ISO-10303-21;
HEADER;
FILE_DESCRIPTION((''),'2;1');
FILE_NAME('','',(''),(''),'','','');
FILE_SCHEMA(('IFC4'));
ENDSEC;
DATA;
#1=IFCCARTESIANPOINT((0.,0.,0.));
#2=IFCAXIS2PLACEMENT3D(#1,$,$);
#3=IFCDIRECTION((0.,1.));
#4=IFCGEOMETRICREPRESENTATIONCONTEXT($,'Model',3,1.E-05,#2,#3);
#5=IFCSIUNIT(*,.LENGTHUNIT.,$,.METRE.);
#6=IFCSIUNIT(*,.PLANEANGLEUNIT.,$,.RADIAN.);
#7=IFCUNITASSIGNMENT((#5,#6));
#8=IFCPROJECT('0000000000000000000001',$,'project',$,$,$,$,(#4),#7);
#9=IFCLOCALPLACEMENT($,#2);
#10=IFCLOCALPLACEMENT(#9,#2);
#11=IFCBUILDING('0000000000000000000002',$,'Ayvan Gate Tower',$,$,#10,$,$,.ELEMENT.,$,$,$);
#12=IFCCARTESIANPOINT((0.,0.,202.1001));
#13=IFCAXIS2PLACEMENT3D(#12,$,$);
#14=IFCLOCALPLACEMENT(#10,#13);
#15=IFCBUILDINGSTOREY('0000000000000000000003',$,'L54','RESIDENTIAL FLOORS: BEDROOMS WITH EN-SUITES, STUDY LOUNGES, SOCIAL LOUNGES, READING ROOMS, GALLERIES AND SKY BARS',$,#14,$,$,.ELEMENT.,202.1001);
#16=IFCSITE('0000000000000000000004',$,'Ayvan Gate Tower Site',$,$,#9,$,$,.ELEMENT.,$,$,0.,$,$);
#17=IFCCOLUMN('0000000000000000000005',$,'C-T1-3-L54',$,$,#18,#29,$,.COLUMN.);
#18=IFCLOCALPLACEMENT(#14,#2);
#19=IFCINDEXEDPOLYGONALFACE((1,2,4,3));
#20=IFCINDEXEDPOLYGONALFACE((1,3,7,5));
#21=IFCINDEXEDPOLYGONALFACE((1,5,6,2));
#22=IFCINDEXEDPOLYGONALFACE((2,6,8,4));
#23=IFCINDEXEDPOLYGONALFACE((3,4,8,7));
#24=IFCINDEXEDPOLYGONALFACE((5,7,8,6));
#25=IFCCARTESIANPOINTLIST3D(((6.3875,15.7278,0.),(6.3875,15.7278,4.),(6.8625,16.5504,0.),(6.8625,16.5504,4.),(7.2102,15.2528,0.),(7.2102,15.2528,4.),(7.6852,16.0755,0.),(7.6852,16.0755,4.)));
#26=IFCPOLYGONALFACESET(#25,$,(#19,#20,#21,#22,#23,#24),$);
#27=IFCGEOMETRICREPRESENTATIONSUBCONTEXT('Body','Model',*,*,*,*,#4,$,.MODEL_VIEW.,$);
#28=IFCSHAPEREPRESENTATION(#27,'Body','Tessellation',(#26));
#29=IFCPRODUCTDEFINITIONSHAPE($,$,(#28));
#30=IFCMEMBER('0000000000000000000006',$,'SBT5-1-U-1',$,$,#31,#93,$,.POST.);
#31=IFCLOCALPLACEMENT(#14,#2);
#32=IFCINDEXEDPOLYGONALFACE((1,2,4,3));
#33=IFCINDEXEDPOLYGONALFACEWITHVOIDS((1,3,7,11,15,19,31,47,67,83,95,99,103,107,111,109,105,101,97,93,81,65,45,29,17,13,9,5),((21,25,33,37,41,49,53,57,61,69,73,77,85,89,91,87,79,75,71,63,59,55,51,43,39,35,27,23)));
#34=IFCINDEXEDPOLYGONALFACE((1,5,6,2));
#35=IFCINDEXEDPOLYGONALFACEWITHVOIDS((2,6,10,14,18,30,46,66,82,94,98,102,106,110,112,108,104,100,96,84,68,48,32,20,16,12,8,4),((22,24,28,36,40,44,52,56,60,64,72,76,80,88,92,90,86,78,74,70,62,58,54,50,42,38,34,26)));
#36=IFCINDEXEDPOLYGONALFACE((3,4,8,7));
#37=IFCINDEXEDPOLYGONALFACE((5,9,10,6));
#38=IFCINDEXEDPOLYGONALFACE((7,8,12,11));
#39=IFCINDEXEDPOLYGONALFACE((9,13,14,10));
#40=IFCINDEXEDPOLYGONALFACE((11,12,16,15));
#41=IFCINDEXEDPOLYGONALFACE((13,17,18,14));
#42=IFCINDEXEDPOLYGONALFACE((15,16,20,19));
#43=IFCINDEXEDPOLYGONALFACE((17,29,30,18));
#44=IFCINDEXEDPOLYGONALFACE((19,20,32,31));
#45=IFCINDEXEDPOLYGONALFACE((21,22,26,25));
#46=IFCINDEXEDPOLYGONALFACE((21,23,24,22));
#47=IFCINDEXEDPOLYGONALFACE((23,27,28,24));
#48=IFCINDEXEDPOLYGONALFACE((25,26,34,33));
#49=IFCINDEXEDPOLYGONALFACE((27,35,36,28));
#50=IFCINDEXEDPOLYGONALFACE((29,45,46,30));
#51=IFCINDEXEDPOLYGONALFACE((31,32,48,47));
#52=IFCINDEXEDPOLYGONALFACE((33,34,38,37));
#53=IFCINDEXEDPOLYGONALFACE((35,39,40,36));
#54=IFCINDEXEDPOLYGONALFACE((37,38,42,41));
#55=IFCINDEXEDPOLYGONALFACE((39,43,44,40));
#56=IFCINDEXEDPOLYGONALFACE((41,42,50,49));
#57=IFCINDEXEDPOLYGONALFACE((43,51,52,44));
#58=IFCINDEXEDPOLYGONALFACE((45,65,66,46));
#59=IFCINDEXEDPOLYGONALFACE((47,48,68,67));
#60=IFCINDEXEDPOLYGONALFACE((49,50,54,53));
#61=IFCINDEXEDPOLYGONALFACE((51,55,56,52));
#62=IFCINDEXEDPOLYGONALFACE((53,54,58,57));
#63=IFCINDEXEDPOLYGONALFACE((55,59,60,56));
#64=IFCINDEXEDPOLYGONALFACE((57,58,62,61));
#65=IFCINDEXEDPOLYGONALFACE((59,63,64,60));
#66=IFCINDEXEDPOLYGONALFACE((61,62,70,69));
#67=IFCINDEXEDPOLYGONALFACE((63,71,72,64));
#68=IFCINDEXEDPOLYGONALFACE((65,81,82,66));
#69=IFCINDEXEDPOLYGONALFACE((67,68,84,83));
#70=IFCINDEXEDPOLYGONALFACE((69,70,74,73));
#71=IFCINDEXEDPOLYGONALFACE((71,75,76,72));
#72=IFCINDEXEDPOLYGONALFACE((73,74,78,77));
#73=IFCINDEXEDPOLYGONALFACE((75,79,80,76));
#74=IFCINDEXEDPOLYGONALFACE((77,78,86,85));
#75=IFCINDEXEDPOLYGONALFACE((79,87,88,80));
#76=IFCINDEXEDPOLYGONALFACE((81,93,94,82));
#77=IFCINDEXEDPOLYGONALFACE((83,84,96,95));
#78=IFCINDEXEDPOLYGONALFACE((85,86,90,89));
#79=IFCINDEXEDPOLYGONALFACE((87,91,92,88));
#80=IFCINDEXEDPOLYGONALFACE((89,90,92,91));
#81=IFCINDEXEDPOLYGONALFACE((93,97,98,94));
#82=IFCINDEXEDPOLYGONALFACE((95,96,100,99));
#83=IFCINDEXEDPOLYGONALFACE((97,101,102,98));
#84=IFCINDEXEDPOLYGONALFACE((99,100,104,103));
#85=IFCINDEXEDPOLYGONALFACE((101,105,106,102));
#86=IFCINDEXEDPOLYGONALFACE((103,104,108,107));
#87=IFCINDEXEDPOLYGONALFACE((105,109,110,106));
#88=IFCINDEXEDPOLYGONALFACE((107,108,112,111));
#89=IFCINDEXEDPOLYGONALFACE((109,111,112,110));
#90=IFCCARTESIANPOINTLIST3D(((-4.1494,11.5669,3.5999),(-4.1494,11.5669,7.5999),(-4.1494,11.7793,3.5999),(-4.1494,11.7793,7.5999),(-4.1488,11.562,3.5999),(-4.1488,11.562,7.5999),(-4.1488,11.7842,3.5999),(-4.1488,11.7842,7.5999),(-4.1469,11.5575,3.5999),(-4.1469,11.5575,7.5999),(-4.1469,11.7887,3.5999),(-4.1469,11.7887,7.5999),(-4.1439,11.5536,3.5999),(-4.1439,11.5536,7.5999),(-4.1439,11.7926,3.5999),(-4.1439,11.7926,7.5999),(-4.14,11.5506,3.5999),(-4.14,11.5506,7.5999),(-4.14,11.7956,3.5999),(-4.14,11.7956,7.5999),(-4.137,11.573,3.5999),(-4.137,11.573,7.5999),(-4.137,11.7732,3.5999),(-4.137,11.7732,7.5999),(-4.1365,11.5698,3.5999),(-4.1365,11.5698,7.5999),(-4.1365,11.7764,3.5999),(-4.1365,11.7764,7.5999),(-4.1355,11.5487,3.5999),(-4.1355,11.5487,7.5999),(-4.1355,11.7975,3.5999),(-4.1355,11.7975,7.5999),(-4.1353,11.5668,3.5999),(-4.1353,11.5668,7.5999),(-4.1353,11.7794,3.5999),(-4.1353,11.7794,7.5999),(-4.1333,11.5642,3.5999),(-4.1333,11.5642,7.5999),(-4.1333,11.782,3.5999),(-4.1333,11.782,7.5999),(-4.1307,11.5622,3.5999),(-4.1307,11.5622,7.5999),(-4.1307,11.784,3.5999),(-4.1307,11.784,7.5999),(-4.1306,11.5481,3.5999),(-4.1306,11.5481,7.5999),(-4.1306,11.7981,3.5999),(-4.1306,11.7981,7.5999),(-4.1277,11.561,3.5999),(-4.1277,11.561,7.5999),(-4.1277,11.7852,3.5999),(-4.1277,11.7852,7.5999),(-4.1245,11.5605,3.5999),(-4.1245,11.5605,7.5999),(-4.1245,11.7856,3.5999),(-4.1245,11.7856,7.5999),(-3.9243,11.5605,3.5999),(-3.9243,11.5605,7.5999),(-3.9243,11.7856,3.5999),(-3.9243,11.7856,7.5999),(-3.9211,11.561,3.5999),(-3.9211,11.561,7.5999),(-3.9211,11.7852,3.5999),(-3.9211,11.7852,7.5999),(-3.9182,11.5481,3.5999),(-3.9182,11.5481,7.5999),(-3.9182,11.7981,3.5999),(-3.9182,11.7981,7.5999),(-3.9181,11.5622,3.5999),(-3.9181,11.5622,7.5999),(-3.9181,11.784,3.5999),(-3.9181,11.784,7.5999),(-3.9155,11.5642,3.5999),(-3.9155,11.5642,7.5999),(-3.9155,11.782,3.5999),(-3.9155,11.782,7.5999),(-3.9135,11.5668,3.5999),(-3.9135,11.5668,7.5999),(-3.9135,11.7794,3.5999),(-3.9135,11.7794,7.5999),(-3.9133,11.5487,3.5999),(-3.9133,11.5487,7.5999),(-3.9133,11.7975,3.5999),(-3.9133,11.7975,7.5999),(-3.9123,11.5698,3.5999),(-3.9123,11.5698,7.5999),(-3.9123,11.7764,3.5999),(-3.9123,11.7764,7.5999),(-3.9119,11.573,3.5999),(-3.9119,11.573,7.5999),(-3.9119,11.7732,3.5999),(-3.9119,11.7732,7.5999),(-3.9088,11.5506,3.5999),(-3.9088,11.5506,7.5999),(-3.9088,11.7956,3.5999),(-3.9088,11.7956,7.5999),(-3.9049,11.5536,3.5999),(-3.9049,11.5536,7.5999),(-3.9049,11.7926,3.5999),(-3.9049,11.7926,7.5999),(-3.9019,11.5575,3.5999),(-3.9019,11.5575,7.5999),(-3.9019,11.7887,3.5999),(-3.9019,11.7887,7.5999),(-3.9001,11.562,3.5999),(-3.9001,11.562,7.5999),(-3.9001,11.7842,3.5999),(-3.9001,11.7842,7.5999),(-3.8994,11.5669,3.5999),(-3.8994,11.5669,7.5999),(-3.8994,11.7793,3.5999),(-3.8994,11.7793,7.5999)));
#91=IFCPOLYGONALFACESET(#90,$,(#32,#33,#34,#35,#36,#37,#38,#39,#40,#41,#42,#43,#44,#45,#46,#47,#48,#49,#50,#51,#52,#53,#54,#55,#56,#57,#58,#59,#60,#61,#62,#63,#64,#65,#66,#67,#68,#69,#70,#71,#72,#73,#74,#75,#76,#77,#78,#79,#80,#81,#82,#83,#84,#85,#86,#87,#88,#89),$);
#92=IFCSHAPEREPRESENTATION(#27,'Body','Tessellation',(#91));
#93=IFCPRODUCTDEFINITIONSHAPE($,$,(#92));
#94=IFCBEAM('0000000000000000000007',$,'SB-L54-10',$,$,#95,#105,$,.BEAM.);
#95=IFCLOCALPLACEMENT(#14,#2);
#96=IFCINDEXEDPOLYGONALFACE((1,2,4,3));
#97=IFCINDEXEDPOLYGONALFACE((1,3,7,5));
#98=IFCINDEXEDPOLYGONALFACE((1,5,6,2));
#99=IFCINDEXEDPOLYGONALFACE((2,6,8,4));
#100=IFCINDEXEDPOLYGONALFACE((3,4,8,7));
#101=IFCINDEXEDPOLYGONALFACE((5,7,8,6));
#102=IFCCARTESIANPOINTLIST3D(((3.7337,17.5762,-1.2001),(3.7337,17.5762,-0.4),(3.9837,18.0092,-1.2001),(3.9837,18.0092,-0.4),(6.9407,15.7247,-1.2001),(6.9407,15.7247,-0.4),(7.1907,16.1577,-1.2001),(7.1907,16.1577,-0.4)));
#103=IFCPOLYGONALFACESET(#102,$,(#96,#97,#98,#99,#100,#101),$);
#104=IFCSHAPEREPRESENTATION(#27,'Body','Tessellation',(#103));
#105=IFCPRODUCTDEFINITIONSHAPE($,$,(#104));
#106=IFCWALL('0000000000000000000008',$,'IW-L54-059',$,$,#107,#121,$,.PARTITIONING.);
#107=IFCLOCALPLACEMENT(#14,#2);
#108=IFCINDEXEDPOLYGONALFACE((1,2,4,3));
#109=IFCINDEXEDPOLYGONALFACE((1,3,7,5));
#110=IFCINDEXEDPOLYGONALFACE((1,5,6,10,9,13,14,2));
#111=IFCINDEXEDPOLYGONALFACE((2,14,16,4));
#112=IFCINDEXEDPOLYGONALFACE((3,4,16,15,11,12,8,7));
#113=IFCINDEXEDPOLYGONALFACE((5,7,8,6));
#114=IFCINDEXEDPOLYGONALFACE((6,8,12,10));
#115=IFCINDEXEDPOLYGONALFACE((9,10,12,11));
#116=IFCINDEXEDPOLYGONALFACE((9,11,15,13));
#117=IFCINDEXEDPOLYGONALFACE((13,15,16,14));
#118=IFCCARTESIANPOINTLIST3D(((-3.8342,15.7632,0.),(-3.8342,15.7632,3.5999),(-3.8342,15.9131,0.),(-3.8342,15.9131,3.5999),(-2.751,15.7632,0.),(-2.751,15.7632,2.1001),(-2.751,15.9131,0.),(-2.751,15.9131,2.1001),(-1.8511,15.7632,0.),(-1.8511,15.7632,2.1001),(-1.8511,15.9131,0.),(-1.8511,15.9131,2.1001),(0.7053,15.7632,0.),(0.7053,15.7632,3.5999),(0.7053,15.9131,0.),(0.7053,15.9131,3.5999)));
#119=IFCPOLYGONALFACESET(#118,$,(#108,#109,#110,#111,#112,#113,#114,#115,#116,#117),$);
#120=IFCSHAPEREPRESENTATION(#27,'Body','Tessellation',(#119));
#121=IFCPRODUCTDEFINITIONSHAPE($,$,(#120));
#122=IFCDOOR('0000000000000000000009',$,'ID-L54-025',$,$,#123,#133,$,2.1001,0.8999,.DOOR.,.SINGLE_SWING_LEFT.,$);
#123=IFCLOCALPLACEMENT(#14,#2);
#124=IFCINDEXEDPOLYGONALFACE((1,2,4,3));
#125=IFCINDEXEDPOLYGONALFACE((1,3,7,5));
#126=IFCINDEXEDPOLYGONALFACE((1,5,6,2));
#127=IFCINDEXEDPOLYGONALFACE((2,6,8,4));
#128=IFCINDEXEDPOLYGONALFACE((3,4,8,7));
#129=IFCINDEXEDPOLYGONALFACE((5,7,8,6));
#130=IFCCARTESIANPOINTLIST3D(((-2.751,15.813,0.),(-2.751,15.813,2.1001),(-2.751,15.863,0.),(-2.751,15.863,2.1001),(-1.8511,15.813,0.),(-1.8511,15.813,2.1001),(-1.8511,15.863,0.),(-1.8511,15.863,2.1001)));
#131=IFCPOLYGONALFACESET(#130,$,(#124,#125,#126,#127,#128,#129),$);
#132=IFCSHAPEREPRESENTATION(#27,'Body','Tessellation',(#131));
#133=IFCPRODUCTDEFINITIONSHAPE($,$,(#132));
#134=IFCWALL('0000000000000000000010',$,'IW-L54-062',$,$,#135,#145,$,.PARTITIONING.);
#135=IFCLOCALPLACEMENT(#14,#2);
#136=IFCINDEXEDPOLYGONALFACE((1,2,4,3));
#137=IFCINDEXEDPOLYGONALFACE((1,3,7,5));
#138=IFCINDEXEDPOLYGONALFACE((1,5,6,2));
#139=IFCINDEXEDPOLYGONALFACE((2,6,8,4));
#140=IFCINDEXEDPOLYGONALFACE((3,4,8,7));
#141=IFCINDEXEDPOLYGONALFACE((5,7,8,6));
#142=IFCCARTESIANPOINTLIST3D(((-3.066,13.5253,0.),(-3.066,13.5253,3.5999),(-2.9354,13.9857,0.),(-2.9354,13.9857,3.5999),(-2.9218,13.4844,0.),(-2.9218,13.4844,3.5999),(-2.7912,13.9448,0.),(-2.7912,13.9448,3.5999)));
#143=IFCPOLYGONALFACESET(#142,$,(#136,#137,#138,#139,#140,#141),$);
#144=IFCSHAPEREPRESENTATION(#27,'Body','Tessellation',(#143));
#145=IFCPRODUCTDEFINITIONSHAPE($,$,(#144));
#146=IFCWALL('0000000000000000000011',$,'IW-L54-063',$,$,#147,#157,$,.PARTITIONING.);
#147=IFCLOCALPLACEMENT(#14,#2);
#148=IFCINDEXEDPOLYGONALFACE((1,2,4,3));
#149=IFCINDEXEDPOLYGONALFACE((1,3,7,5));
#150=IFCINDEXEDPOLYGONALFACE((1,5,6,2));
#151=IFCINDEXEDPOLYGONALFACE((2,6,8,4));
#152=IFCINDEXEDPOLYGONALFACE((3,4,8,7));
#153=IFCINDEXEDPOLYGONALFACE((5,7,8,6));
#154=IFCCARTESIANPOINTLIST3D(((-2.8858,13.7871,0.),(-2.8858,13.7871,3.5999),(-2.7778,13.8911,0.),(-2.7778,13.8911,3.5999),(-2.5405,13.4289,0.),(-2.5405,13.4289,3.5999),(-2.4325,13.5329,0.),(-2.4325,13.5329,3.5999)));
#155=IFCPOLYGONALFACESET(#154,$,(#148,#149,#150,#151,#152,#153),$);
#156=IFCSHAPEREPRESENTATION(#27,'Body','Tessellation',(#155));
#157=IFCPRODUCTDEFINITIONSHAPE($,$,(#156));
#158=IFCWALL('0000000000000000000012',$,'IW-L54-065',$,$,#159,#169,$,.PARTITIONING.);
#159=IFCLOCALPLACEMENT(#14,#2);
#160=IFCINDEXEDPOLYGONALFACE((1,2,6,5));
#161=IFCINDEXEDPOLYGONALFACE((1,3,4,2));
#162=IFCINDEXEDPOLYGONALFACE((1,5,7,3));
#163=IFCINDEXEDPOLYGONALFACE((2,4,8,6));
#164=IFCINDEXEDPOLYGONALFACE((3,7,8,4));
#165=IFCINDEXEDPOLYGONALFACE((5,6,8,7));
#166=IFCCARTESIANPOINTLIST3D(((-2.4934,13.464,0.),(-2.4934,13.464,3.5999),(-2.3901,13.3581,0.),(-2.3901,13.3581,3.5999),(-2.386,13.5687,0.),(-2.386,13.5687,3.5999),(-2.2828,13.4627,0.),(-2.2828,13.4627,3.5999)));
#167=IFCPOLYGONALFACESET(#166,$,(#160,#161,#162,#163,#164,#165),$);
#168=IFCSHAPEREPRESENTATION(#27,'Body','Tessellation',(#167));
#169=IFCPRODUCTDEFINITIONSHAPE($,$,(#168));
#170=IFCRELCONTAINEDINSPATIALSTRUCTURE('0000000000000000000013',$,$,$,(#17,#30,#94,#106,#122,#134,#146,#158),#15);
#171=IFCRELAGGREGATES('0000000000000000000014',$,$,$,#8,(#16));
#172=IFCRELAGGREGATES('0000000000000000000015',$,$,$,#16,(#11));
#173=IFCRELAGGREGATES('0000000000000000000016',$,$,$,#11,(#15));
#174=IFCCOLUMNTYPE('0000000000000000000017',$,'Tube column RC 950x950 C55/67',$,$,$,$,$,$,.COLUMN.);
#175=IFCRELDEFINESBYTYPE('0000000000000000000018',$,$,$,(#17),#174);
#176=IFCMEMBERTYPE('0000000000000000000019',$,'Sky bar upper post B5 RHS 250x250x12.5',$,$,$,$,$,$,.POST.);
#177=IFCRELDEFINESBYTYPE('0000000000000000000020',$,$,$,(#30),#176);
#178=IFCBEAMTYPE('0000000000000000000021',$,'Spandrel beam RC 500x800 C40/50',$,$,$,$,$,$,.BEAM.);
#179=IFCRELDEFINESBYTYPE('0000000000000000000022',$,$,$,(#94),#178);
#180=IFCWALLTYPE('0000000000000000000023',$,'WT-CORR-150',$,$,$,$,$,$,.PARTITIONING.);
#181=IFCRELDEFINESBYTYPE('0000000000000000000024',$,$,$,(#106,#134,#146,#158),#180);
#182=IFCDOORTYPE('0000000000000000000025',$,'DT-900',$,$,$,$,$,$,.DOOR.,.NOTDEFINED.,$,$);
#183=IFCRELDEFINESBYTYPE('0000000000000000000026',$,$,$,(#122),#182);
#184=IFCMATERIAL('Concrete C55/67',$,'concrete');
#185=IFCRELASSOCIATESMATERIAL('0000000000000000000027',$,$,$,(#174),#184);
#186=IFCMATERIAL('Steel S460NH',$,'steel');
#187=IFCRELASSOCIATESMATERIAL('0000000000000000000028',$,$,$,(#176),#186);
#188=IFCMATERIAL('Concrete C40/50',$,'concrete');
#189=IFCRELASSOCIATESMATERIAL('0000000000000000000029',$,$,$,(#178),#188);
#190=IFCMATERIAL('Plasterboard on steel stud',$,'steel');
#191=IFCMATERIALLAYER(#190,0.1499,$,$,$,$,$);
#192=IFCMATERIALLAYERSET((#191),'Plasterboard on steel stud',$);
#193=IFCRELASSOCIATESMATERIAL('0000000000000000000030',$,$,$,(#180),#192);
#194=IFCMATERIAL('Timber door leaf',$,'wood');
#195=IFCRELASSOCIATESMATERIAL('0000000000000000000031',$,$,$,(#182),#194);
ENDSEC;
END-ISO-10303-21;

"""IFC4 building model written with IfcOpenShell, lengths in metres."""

from ifc_helpers import new_model, si_unit, direction, frame, frame_2d, origin, origin_2d, place, context, subcontext, project, spatial, rectangle, hollow_rectangle, extrude, material, layer, layer_set, material_profile, profile_set, type_object, element, fill, save


model = new_model("IFC4")

# Units and contexts
model_context = context("Model", 3, precision=1e-05, world=origin(), true_north=direction((0.0, 1.0)))
body_context = subcontext(model_context, "Body", "Model", "MODEL_VIEW")
ifc_project = project(units=[si_unit("LENGTHUNIT", "METRE"), si_unit("PLANEANGLEUNIT", "RADIAN")], contexts=[model_context])

# Site, building, storey
site_placement = place(None, origin())
site = spatial("IfcSite", under=ifc_project, at=site_placement, Name="Ayvan Gate Tower Site", CompositionType="ELEMENT", RefElevation=0.0)
building_placement = place(site_placement, origin())
building = spatial("IfcBuilding", under=site, at=building_placement, Name="Ayvan Gate Tower", CompositionType="ELEMENT")
storey_placement = place(building_placement, frame((0.0, 0.0, 202.1001)))
storey = spatial("IfcBuildingStorey", under=building, at=storey_placement, Name="L54", Description="RESIDENTIAL FLOORS: BEDROOMS WITH EN-SUITES, STUDY LOUNGES, SOCIAL LOUNGES, READING ROOMS, GALLERIES AND SKY BARS", CompositionType="ELEMENT", Elevation=202.1001)

# Column
ifc_material_1 = material(Name="Concrete C55/67", Category="concrete")
ifc_material_profile_1 = material_profile(ifc_material_1, rectangle(XDim=0.95, YDim=0.95, at=origin_2d()), Name="RC 950x950")
ifc_profile_set_1 = profile_set([ifc_material_profile_1], Name="Concrete C55/67")
column_type = type_object("IfcColumnType", Name="Tube column RC 950x950 C55/67", PredefinedType="COLUMN", material=ifc_profile_set_1)
column_placement = place(storey_placement, frame((7.0364, 15.9016, 0.0), z_axis=(0.0, 0.0, 1.0), x_axis=(0.5, 0.866025, 0.0)))
element("IfcColumn", 1, at=column_placement, inside=storey, type_object=column_type, Name="C-T1-3-L54", PredefinedType="COLUMN", context=body_context, shape_type="SweptSolid", body=[
    extrude(rectangle(XDim=0.95, YDim=0.95, at=origin_2d()), origin(), (0.0, 0.0, 1.0), 4.0),
])

# Member
ifc_material_2 = material(Name="Steel S460NH", Category="steel")
ifc_material_profile_2 = material_profile(ifc_material_2, hollow_rectangle(XDim=0.25, YDim=0.25, WallThickness=0.0125, InnerFilletRadius=0.0125, OuterFilletRadius=0.0188, at=origin_2d()), Name="RHS 250x250x12.5")
ifc_profile_set_2 = profile_set([ifc_material_profile_2], Name="Steel S460NH")
member_type = type_object("IfcMemberType", Name="Sky bar upper post B5 RHS 250x250x12.5", PredefinedType="POST", material=ifc_profile_set_2)
member_placement = place(storey_placement, frame((-4.0244, 11.6731, 3.5999), z_axis=(0.0, 0.0, 1.0), x_axis=(1.0, 0.0, 0.0)))
element("IfcMember", 2, at=member_placement, inside=storey, type_object=member_type, Name="SBT5-1-U-1", PredefinedType="POST", context=body_context, shape_type="SweptSolid", body=[
    extrude(hollow_rectangle(XDim=0.25, YDim=0.25, WallThickness=0.0125, InnerFilletRadius=0.0125, OuterFilletRadius=0.0188, at=origin_2d()), origin(), (0.0, 0.0, 1.0), 4.0),
])

# Beam
ifc_material_3 = material(Name="Concrete C40/50", Category="concrete")
ifc_material_profile_3 = material_profile(ifc_material_3, rectangle(XDim=0.5, YDim=0.8, at=origin_2d()), Name="RC 500x800")
ifc_profile_set_3 = profile_set([ifc_material_profile_3], Name="Concrete C40/50")
beam_type = type_object("IfcBeamType", Name="Spandrel beam RC 500x800 C40/50", PredefinedType="BEAM", material=ifc_profile_set_3)
beam_placement = place(storey_placement, frame((7.0657, 15.9412, -0.8), z_axis=(-0.866027, 0.499996, 0.0), x_axis=(-0.499996, -0.866027, 0.0)))
element("IfcBeam", 3, at=beam_placement, inside=storey, type_object=beam_type, Name="SB-L54-10", PredefinedType="BEAM", context=body_context, shape_type="SweptSolid", body=[
    extrude(rectangle(XDim=0.5, YDim=0.8, at=origin_2d()), origin(), (0.0, 0.0, 1.0), 3.7031),
])

# Wall, opening, door
ifc_material_4 = material(Name="Plasterboard on steel stud", Category="steel")
ifc_layer_1 = layer(ifc_material_4, 0.1499)
ifc_layer_set_1 = layer_set([ifc_layer_1], Name="Plasterboard on steel stud")
wall_type_1 = type_object("IfcWallType", Name="WT-CORR-150", PredefinedType="PARTITIONING", material=ifc_layer_set_1)
wall_1_placement = place(storey_placement, frame((-3.8342, 15.8381, 0.0), z_axis=(0.0, 0.0, 1.0), x_axis=(1.0, 0.0, 0.0)))
wall_1 = element("IfcWall", 4, at=wall_1_placement, inside=storey, type_object=wall_type_1, Name="IW-L54-059", PredefinedType="PARTITIONING", context=body_context, shape_type="SweptSolid", body=[
    extrude(rectangle(XDim=4.5396, YDim=0.1499, at=frame_2d((2.2698, 0.0))), origin(), (0.0, 0.0, 1.0), 3.5999),
])
opening_1_placement = place(wall_1_placement, frame((1.0833, 0.0, 0.0)))
opening_1 = element("IfcOpeningElement", 5, at=opening_1_placement, cuts=wall_1, PredefinedType="OPENING", context=body_context, shape_type="SweptSolid", body=[
    extrude(rectangle(XDim=0.8999, YDim=2.1001, at=frame_2d((0.45, 1.05))), frame((0.0, 0.085, 0.0), z_axis=(0.0, -1.0, 0.0), x_axis=(1.0, 0.0, 0.0)), (0.0, 0.0, 1.0), 0.1699),
])
ifc_material_5 = material(Name="Timber door leaf", Category="wood")
door_type_1 = type_object("IfcDoorType", Name="DT-900", OperationType="NOTDEFINED", PredefinedType="DOOR", material=ifc_material_5)
door_1_placement = place(opening_1_placement, origin())
door_1 = element("IfcDoor", 6, at=door_1_placement, inside=storey, type_object=door_type_1, Name="ID-L54-025", OperationType="SINGLE_SWING_LEFT", OverallHeight=2.1001, OverallWidth=0.8999, PredefinedType="DOOR", context=body_context, shape_type="SweptSolid", body=[
    extrude(rectangle(XDim=0.8999, YDim=2.1001, at=frame_2d((0.45, 1.05))), frame((0.0, 0.0249, 0.0), z_axis=(0.0, -1.0, 0.0), x_axis=(1.0, 0.0, 0.0)), (0.0, 0.0, 1.0), 0.05),
])
fill(opening_1, door_1)

# Walls
wall_2_placement = place(storey_placement, frame((-2.9939, 13.5049, 0.0), z_axis=(0.0, 0.0, 1.0), x_axis=(0.272902, 0.962042, 0.0)))
element("IfcWall", 7, at=wall_2_placement, inside=storey, type_object=wall_type_1, Name="IW-L54-062", PredefinedType="PARTITIONING", context=body_context, shape_type="SweptSolid", body=[
    extrude(rectangle(XDim=0.4785, YDim=0.1499, at=frame_2d((0.2393, 0.0))), origin(), (0.0, 0.0, 1.0), 3.5999),
])
wall_3_placement = place(storey_placement, frame((-2.8318, 13.8391, 0.0), z_axis=(0.0, 0.0, 1.0), x_axis=(0.693981, -0.719993, 0.0)))
element("IfcWall", 8, at=wall_3_placement, inside=storey, type_object=wall_type_1, Name="IW-L54-063", PredefinedType="PARTITIONING", context=body_context, shape_type="SweptSolid", body=[
    extrude(rectangle(XDim=0.4976, YDim=0.1499, at=frame_2d((0.2488, 0.0))), origin(), (0.0, 0.0, 1.0), 3.5999),
])
wall_4_placement = place(storey_placement, frame((-2.4397, 13.5164, 0.0), z_axis=(0.0, 0.0, 1.0), x_axis=(0.697973, -0.716124, 0.0)))
element("IfcWall", 9, at=wall_4_placement, inside=storey, type_object=wall_type_1, Name="IW-L54-065", PredefinedType="PARTITIONING", context=body_context, shape_type="SweptSolid", body=[
    extrude(rectangle(XDim=0.1479, YDim=0.1499, at=frame_2d((0.074, 0.0))), origin(), (0.0, 0.0, 1.0), 3.5999),
])

save(model, "model.ifc")
